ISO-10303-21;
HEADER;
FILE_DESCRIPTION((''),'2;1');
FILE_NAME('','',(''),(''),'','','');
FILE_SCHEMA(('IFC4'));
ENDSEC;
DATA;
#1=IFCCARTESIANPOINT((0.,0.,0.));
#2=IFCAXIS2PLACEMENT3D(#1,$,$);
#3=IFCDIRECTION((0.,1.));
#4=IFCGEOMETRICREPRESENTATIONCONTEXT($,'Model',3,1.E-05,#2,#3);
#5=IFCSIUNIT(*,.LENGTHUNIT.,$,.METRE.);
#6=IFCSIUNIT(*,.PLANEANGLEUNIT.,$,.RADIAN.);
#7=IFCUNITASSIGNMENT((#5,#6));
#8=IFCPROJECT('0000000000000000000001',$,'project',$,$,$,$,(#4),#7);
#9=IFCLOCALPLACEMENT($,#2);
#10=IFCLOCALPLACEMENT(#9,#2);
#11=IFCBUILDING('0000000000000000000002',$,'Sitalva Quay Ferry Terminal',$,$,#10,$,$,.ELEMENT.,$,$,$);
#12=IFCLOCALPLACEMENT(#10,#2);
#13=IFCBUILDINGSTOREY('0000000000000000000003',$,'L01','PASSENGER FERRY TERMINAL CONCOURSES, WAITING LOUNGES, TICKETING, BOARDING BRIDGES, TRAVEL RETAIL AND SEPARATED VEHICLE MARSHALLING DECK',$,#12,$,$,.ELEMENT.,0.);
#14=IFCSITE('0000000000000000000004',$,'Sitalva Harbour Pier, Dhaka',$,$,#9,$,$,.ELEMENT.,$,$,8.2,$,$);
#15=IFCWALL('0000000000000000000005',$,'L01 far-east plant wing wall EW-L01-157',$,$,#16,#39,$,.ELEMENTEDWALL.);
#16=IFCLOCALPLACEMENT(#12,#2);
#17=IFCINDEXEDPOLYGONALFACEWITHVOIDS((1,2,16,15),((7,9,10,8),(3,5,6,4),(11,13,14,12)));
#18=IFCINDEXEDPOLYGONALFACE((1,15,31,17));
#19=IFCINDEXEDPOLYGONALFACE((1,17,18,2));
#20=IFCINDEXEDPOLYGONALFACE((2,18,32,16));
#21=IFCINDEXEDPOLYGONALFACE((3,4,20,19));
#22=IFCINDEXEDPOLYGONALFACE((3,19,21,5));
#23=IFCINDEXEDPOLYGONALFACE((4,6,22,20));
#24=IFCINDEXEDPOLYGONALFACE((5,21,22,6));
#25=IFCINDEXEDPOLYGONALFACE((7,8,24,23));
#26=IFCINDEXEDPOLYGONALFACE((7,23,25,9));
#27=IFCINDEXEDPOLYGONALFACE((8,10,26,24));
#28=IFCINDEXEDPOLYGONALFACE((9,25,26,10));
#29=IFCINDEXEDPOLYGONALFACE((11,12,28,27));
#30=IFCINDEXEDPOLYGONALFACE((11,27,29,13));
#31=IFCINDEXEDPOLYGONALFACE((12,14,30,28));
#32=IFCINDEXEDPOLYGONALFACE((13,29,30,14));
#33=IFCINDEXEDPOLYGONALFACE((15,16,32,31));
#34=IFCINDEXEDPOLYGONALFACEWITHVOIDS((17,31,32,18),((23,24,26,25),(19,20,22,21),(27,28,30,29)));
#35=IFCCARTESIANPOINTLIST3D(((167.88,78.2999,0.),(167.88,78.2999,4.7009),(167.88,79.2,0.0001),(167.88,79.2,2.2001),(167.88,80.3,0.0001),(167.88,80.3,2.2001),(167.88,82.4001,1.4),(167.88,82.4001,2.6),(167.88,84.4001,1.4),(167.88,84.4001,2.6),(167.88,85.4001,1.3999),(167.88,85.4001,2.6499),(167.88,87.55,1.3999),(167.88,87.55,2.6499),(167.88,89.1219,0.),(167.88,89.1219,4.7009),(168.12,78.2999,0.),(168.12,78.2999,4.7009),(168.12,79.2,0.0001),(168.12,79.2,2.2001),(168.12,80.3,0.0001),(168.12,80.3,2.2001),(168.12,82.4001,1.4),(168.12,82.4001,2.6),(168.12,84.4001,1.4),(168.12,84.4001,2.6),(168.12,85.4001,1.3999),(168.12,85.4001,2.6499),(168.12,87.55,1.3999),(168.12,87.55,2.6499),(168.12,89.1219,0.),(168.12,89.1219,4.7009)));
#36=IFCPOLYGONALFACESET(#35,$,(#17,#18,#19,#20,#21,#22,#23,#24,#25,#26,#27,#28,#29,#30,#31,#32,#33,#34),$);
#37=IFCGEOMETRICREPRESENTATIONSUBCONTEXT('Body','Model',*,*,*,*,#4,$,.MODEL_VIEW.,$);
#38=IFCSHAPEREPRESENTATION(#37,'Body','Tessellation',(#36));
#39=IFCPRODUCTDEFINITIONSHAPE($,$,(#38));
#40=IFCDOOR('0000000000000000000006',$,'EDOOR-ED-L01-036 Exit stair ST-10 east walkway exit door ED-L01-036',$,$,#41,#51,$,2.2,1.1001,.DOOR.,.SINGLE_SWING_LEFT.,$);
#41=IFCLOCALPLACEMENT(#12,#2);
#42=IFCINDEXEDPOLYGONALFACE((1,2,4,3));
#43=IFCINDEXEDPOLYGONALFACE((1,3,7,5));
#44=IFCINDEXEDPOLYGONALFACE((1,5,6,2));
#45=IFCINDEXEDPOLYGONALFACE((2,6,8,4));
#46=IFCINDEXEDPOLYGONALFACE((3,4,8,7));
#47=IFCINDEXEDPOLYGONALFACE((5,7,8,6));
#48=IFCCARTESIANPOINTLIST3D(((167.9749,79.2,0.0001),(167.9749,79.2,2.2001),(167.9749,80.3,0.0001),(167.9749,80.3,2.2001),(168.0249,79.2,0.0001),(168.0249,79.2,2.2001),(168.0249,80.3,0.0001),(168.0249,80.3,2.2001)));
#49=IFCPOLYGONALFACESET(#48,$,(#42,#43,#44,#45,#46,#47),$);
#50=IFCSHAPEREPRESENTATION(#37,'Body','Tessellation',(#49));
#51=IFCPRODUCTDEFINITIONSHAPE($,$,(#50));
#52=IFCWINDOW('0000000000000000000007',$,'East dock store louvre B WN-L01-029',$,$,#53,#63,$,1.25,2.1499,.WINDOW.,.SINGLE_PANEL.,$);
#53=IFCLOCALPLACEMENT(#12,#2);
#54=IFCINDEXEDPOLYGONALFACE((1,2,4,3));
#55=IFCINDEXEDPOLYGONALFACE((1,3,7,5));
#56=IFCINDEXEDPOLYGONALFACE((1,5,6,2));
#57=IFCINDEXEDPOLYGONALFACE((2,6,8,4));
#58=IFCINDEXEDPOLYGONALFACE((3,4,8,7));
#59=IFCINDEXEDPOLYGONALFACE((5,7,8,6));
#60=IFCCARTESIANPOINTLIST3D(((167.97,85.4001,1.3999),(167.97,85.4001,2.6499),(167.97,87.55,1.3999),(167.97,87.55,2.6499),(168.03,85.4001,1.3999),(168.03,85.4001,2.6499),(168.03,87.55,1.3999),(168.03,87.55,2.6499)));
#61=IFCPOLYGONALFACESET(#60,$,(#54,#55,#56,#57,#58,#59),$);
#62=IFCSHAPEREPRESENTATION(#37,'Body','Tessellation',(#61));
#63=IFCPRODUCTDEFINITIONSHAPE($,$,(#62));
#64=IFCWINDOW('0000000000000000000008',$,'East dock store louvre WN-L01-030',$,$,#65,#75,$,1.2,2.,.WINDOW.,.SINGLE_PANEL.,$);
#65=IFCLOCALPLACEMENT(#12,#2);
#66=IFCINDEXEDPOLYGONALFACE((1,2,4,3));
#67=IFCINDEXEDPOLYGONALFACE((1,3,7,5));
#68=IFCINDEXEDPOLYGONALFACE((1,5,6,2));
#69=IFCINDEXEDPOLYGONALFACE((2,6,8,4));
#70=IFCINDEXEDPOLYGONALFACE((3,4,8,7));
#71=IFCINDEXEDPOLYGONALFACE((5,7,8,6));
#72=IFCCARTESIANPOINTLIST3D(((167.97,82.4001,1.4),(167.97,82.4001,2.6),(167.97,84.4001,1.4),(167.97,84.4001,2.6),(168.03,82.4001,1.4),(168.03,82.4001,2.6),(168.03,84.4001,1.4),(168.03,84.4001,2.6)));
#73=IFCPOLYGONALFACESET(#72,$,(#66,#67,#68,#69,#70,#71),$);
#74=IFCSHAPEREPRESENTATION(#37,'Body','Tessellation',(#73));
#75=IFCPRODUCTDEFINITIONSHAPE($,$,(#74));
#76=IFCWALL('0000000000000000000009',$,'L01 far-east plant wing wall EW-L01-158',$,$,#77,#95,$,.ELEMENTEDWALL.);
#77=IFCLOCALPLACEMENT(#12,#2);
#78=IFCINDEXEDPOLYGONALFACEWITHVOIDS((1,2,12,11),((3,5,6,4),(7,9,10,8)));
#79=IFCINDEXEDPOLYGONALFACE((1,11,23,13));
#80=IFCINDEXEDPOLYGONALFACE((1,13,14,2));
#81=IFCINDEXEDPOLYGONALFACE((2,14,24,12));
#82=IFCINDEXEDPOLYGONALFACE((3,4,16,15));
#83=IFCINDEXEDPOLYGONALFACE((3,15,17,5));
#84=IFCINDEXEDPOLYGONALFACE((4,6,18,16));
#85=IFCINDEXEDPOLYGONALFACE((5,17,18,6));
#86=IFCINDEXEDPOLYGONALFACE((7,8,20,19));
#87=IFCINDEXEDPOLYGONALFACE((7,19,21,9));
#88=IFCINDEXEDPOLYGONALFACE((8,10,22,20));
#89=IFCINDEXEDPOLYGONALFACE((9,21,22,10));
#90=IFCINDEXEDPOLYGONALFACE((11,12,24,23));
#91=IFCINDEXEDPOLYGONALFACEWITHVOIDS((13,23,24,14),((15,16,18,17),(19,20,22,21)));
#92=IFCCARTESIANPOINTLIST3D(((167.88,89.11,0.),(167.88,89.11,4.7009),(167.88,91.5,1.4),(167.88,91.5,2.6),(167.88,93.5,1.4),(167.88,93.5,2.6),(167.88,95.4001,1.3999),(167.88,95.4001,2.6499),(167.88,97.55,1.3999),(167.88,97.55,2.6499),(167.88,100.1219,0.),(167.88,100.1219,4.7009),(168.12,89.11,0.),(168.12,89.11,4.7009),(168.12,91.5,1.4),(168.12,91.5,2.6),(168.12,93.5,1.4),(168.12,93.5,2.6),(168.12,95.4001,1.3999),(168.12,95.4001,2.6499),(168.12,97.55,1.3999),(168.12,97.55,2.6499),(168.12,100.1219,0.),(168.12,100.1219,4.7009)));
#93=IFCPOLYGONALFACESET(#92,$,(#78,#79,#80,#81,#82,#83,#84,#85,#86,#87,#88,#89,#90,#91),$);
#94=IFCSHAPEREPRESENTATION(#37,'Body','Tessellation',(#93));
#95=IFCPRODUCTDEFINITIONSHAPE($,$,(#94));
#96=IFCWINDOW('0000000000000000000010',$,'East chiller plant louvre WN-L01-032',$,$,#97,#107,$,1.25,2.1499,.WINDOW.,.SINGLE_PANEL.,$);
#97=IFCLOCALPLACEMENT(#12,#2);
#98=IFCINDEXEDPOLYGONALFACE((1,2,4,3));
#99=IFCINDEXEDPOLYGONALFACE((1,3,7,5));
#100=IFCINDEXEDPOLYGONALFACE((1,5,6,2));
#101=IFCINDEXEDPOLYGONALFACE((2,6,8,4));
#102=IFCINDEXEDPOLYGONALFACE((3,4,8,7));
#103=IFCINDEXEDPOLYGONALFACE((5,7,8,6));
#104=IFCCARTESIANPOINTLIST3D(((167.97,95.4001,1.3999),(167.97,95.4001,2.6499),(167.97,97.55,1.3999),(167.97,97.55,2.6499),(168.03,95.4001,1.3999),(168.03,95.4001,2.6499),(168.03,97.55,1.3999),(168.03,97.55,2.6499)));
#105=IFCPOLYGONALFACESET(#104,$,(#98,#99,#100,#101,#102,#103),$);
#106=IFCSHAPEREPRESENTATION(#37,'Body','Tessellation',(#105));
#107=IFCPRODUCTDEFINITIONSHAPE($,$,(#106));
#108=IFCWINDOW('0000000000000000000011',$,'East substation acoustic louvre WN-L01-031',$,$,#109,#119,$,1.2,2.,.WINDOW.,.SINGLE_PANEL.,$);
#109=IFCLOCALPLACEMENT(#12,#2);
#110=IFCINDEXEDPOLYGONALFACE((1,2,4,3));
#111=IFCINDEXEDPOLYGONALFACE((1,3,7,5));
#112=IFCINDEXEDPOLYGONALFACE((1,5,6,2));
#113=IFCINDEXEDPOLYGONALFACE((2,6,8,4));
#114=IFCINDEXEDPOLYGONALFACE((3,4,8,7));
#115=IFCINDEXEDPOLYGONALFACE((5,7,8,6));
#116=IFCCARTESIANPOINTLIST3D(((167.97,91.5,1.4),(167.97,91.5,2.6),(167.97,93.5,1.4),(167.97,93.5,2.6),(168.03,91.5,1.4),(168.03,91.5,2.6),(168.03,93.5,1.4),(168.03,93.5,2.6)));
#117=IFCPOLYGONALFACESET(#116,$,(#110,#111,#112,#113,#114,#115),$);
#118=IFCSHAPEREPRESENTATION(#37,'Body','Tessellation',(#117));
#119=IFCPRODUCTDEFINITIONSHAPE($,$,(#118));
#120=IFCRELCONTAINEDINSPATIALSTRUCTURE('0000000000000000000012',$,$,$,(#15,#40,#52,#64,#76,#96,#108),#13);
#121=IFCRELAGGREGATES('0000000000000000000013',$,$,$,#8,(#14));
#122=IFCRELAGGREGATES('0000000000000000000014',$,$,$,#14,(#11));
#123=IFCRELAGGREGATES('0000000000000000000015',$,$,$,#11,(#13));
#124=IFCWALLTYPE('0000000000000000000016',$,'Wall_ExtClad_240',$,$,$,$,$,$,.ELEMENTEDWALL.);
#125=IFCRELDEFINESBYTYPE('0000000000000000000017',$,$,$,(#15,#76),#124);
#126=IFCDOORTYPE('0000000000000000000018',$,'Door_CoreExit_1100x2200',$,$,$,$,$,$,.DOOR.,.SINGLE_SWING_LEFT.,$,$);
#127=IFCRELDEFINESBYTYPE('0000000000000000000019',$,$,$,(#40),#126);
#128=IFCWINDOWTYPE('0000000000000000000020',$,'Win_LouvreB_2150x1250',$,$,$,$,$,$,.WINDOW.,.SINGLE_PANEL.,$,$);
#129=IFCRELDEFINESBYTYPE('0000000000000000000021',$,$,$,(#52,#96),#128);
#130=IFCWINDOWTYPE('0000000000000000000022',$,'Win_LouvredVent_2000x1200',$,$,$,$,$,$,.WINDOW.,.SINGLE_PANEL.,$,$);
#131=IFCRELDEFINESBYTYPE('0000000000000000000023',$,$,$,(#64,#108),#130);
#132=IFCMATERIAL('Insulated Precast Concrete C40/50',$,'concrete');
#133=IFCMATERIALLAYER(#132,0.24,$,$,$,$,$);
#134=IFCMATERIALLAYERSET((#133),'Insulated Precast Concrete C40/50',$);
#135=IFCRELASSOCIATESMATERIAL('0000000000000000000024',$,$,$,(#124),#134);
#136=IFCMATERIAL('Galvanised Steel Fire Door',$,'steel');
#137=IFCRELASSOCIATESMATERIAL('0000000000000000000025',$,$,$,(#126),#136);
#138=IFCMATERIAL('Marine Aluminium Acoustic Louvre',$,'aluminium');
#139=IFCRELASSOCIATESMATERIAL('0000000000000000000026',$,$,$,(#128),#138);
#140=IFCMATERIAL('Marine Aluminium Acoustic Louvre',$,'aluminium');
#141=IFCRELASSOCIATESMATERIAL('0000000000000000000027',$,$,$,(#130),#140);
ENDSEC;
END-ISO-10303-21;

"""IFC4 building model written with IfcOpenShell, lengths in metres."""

from ifc_helpers import new_model, si_unit, direction, frame, frame_2d, origin, place, context, subcontext, project, spatial, rectangle, extrude, material, layer, layer_set, type_object, element, fill, save


model = new_model("IFC4")

# Units and contexts
model_context = context("Model", 3, precision=1e-05, world=origin(), true_north=direction((0.0, 1.0)))
body_context = subcontext(model_context, "Body", "Model", "MODEL_VIEW")
ifc_project = project(units=[si_unit("LENGTHUNIT", "METRE"), si_unit("PLANEANGLEUNIT", "RADIAN")], contexts=[model_context])

# Site, building, storey
site_placement = place(None, origin())
site = spatial("IfcSite", under=ifc_project, at=site_placement, Name="Sitalva Harbour Pier, Dhaka", CompositionType="ELEMENT", RefElevation=8.2)
building_placement = place(site_placement, origin())
building = spatial("IfcBuilding", under=site, at=building_placement, Name="Sitalva Quay Ferry Terminal", CompositionType="ELEMENT")
storey_placement = place(building_placement, origin())
storey = spatial("IfcBuildingStorey", under=building, at=storey_placement, Name="L01", Description="PASSENGER FERRY TERMINAL CONCOURSES, WAITING LOUNGES, TICKETING, BOARDING BRIDGES, TRAVEL RETAIL AND SEPARATED VEHICLE MARSHALLING DECK", CompositionType="ELEMENT", Elevation=0.0)

# Wall, openings, door, windows
ifc_material_1 = material(Name="Insulated Precast Concrete C40/50", Category="concrete")
ifc_layer = layer(ifc_material_1, 0.24)
ifc_layer_set = layer_set([ifc_layer], Name="Insulated Precast Concrete C40/50")
wall_type = type_object("IfcWallType", Name="Wall_ExtClad_240", PredefinedType="ELEMENTEDWALL", material=ifc_layer_set)
wall_1_placement = place(storey_placement, frame((168.0, 89.1221, 0.0), z_axis=(0.0, 0.0, 1.0), x_axis=(0.0, -1.0, 0.0)))
wall_1 = element("IfcWall", 1, at=wall_1_placement, inside=storey, type_object=wall_type, Name="L01 far-east plant wing wall EW-L01-157", PredefinedType="ELEMENTEDWALL", context=body_context, shape_type="SweptSolid", body=[
    extrude(rectangle(XDim=10.822, YDim=0.24, at=frame_2d((5.4111, 0.0))), origin(), (0.0, 0.0, 1.0), 4.7009),
])
opening_1_placement = place(wall_1_placement, frame((1.572, 0.0, 1.3999)))
opening_1 = element("IfcOpeningElement", 2, at=opening_1_placement, cuts=wall_1, PredefinedType="OPENING", context=body_context, shape_type="SweptSolid", body=[
    extrude(rectangle(XDim=2.1499, YDim=1.25, at=frame_2d((1.075, 0.625))), frame((0.0, 0.1299, 0.0), z_axis=(0.0, -1.0, 0.0), x_axis=(1.0, 0.0, 0.0)), (0.0, 0.0, 1.0), 0.26),
])
opening_2_placement = place(wall_1_placement, frame((4.7219, 0.0, 1.3999)))
opening_2 = element("IfcOpeningElement", 3, at=opening_2_placement, cuts=wall_1, PredefinedType="OPENING", context=body_context, shape_type="SweptSolid", body=[
    extrude(rectangle(XDim=2.0, YDim=1.2, at=frame_2d((1.0, 0.6001))), frame((0.0, 0.1299, 0.0), z_axis=(0.0, -1.0, 0.0), x_axis=(1.0, 0.0, 0.0)), (0.0, 0.0, 1.0), 0.26),
])
opening_3_placement = place(wall_1_placement, frame((8.822, 0.0, 0.0)))
opening_3 = element("IfcOpeningElement", 4, at=opening_3_placement, cuts=wall_1, PredefinedType="OPENING", context=body_context, shape_type="SweptSolid", body=[
    extrude(rectangle(XDim=1.1001, YDim=2.2, at=frame_2d((0.55, 1.1001))), frame((0.0, 0.1299, 0.0), z_axis=(0.0, -1.0, 0.0), x_axis=(1.0, 0.0, 0.0)), (0.0, 0.0, 1.0), 0.26),
])
ifc_material_2 = material(Name="Galvanised Steel Fire Door", Category="steel")
door_type = type_object("IfcDoorType", Name="Door_CoreExit_1100x2200", OperationType="SINGLE_SWING_LEFT", PredefinedType="DOOR", material=ifc_material_2)
door_placement = place(opening_3_placement, origin())
door = element("IfcDoor", 5, at=door_placement, inside=storey, type_object=door_type, Name="EDOOR-ED-L01-036 Exit stair ST-10 east walkway exit door ED-L01-036", OperationType="SINGLE_SWING_LEFT", OverallHeight=2.2, OverallWidth=1.1001, PredefinedType="DOOR", context=body_context, shape_type="SweptSolid", body=[
    extrude(rectangle(XDim=1.1001, YDim=2.2, at=frame_2d((0.55, 1.1001))), frame((0.0, 0.0249, 0.0), z_axis=(0.0, -1.0, 0.0), x_axis=(1.0, 0.0, 0.0)), (0.0, 0.0, 1.0), 0.05),
])
fill(opening_3, door)
ifc_material_3 = material(Name="Marine Aluminium Acoustic Louvre", Category="aluminium")
window_type_1 = type_object("IfcWindowType", Name="Win_LouvreB_2150x1250", PartitioningType="SINGLE_PANEL", PredefinedType="WINDOW", material=ifc_material_3)
window_1_placement = place(opening_1_placement, origin())
window_1 = element("IfcWindow", 6, at=window_1_placement, inside=storey, type_object=window_type_1, Name="East dock store louvre B WN-L01-029", OverallHeight=1.25, OverallWidth=2.1499, PartitioningType="SINGLE_PANEL", PredefinedType="WINDOW", context=body_context, shape_type="SweptSolid", body=[
    extrude(rectangle(XDim=2.1499, YDim=1.25, at=frame_2d((1.075, 0.625))), frame((0.0, 0.03, 0.0), z_axis=(0.0, -1.0, 0.0), x_axis=(1.0, 0.0, 0.0)), (0.0, 0.0, 1.0), 0.0601),
])
fill(opening_1, window_1)
ifc_material_4 = material(Name="Marine Aluminium Acoustic Louvre", Category="aluminium")
window_type_2 = type_object("IfcWindowType", Name="Win_LouvredVent_2000x1200", PartitioningType="SINGLE_PANEL", PredefinedType="WINDOW", material=ifc_material_4)
window_2_placement = place(opening_2_placement, origin())
window_2 = element("IfcWindow", 7, at=window_2_placement, inside=storey, type_object=window_type_2, Name="East dock store louvre WN-L01-030", OverallHeight=1.2, OverallWidth=2.0, PartitioningType="SINGLE_PANEL", PredefinedType="WINDOW", context=body_context, shape_type="SweptSolid", body=[
    extrude(rectangle(XDim=2.0, YDim=1.2, at=frame_2d((1.0, 0.6001))), frame((0.0, 0.03, 0.0), z_axis=(0.0, -1.0, 0.0), x_axis=(1.0, 0.0, 0.0)), (0.0, 0.0, 1.0), 0.0601),
])
fill(opening_2, window_2)

# Wall, openings, windows
wall_2_placement = place(storey_placement, frame((168.0, 89.1101, 0.0), z_axis=(0.0, 0.0, 1.0), x_axis=(0.0, 1.0, 0.0)))
wall_2 = element("IfcWall", 8, at=wall_2_placement, inside=storey, type_object=wall_type, Name="L01 far-east plant wing wall EW-L01-158", PredefinedType="ELEMENTEDWALL", context=body_context, shape_type="SweptSolid", body=[
    extrude(rectangle(XDim=11.012, YDim=0.24, at=frame_2d((5.5059, 0.0))), origin(), (0.0, 0.0, 1.0), 4.7009),
])
opening_4_placement = place(wall_2_placement, frame((2.3899, 0.0, 1.3999)))
opening_4 = element("IfcOpeningElement", 9, at=opening_4_placement, cuts=wall_2, PredefinedType="OPENING", context=body_context, shape_type="SweptSolid", body=[
    extrude(rectangle(XDim=2.0, YDim=1.2, at=frame_2d((1.0, 0.6001))), frame((0.0, 0.1299, 0.0), z_axis=(0.0, -1.0, 0.0), x_axis=(1.0, 0.0, 0.0)), (0.0, 0.0, 1.0), 0.26),
])
opening_5_placement = place(wall_2_placement, frame((6.29, 0.0, 1.3999)))
opening_5 = element("IfcOpeningElement", 10, at=opening_5_placement, cuts=wall_2, PredefinedType="OPENING", context=body_context, shape_type="SweptSolid", body=[
    extrude(rectangle(XDim=2.1499, YDim=1.25, at=frame_2d((1.075, 0.625))), frame((0.0, 0.1299, 0.0), z_axis=(0.0, -1.0, 0.0), x_axis=(1.0, 0.0, 0.0)), (0.0, 0.0, 1.0), 0.26),
])
window_3_placement = place(opening_5_placement, origin())
window_3 = element("IfcWindow", 11, at=window_3_placement, inside=storey, type_object=window_type_1, Name="East chiller plant louvre WN-L01-032", OverallHeight=1.25, OverallWidth=2.1499, PartitioningType="SINGLE_PANEL", PredefinedType="WINDOW", context=body_context, shape_type="SweptSolid", body=[
    extrude(rectangle(XDim=2.1499, YDim=1.25, at=frame_2d((1.075, 0.625))), frame((0.0, 0.03, 0.0), z_axis=(0.0, -1.0, 0.0), x_axis=(1.0, 0.0, 0.0)), (0.0, 0.0, 1.0), 0.0601),
])
fill(opening_5, window_3)
window_4_placement = place(opening_4_placement, origin())
window_4 = element("IfcWindow", 12, at=window_4_placement, inside=storey, type_object=window_type_2, Name="East substation acoustic louvre WN-L01-031", OverallHeight=1.2, OverallWidth=2.0, PartitioningType="SINGLE_PANEL", PredefinedType="WINDOW", context=body_context, shape_type="SweptSolid", body=[
    extrude(rectangle(XDim=2.0, YDim=1.2, at=frame_2d((1.0, 0.6001))), frame((0.0, 0.03, 0.0), z_axis=(0.0, -1.0, 0.0), x_axis=(1.0, 0.0, 0.0)), (0.0, 0.0, 1.0), 0.0601),
])
fill(opening_4, window_4)

save(model, "model.ifc")
